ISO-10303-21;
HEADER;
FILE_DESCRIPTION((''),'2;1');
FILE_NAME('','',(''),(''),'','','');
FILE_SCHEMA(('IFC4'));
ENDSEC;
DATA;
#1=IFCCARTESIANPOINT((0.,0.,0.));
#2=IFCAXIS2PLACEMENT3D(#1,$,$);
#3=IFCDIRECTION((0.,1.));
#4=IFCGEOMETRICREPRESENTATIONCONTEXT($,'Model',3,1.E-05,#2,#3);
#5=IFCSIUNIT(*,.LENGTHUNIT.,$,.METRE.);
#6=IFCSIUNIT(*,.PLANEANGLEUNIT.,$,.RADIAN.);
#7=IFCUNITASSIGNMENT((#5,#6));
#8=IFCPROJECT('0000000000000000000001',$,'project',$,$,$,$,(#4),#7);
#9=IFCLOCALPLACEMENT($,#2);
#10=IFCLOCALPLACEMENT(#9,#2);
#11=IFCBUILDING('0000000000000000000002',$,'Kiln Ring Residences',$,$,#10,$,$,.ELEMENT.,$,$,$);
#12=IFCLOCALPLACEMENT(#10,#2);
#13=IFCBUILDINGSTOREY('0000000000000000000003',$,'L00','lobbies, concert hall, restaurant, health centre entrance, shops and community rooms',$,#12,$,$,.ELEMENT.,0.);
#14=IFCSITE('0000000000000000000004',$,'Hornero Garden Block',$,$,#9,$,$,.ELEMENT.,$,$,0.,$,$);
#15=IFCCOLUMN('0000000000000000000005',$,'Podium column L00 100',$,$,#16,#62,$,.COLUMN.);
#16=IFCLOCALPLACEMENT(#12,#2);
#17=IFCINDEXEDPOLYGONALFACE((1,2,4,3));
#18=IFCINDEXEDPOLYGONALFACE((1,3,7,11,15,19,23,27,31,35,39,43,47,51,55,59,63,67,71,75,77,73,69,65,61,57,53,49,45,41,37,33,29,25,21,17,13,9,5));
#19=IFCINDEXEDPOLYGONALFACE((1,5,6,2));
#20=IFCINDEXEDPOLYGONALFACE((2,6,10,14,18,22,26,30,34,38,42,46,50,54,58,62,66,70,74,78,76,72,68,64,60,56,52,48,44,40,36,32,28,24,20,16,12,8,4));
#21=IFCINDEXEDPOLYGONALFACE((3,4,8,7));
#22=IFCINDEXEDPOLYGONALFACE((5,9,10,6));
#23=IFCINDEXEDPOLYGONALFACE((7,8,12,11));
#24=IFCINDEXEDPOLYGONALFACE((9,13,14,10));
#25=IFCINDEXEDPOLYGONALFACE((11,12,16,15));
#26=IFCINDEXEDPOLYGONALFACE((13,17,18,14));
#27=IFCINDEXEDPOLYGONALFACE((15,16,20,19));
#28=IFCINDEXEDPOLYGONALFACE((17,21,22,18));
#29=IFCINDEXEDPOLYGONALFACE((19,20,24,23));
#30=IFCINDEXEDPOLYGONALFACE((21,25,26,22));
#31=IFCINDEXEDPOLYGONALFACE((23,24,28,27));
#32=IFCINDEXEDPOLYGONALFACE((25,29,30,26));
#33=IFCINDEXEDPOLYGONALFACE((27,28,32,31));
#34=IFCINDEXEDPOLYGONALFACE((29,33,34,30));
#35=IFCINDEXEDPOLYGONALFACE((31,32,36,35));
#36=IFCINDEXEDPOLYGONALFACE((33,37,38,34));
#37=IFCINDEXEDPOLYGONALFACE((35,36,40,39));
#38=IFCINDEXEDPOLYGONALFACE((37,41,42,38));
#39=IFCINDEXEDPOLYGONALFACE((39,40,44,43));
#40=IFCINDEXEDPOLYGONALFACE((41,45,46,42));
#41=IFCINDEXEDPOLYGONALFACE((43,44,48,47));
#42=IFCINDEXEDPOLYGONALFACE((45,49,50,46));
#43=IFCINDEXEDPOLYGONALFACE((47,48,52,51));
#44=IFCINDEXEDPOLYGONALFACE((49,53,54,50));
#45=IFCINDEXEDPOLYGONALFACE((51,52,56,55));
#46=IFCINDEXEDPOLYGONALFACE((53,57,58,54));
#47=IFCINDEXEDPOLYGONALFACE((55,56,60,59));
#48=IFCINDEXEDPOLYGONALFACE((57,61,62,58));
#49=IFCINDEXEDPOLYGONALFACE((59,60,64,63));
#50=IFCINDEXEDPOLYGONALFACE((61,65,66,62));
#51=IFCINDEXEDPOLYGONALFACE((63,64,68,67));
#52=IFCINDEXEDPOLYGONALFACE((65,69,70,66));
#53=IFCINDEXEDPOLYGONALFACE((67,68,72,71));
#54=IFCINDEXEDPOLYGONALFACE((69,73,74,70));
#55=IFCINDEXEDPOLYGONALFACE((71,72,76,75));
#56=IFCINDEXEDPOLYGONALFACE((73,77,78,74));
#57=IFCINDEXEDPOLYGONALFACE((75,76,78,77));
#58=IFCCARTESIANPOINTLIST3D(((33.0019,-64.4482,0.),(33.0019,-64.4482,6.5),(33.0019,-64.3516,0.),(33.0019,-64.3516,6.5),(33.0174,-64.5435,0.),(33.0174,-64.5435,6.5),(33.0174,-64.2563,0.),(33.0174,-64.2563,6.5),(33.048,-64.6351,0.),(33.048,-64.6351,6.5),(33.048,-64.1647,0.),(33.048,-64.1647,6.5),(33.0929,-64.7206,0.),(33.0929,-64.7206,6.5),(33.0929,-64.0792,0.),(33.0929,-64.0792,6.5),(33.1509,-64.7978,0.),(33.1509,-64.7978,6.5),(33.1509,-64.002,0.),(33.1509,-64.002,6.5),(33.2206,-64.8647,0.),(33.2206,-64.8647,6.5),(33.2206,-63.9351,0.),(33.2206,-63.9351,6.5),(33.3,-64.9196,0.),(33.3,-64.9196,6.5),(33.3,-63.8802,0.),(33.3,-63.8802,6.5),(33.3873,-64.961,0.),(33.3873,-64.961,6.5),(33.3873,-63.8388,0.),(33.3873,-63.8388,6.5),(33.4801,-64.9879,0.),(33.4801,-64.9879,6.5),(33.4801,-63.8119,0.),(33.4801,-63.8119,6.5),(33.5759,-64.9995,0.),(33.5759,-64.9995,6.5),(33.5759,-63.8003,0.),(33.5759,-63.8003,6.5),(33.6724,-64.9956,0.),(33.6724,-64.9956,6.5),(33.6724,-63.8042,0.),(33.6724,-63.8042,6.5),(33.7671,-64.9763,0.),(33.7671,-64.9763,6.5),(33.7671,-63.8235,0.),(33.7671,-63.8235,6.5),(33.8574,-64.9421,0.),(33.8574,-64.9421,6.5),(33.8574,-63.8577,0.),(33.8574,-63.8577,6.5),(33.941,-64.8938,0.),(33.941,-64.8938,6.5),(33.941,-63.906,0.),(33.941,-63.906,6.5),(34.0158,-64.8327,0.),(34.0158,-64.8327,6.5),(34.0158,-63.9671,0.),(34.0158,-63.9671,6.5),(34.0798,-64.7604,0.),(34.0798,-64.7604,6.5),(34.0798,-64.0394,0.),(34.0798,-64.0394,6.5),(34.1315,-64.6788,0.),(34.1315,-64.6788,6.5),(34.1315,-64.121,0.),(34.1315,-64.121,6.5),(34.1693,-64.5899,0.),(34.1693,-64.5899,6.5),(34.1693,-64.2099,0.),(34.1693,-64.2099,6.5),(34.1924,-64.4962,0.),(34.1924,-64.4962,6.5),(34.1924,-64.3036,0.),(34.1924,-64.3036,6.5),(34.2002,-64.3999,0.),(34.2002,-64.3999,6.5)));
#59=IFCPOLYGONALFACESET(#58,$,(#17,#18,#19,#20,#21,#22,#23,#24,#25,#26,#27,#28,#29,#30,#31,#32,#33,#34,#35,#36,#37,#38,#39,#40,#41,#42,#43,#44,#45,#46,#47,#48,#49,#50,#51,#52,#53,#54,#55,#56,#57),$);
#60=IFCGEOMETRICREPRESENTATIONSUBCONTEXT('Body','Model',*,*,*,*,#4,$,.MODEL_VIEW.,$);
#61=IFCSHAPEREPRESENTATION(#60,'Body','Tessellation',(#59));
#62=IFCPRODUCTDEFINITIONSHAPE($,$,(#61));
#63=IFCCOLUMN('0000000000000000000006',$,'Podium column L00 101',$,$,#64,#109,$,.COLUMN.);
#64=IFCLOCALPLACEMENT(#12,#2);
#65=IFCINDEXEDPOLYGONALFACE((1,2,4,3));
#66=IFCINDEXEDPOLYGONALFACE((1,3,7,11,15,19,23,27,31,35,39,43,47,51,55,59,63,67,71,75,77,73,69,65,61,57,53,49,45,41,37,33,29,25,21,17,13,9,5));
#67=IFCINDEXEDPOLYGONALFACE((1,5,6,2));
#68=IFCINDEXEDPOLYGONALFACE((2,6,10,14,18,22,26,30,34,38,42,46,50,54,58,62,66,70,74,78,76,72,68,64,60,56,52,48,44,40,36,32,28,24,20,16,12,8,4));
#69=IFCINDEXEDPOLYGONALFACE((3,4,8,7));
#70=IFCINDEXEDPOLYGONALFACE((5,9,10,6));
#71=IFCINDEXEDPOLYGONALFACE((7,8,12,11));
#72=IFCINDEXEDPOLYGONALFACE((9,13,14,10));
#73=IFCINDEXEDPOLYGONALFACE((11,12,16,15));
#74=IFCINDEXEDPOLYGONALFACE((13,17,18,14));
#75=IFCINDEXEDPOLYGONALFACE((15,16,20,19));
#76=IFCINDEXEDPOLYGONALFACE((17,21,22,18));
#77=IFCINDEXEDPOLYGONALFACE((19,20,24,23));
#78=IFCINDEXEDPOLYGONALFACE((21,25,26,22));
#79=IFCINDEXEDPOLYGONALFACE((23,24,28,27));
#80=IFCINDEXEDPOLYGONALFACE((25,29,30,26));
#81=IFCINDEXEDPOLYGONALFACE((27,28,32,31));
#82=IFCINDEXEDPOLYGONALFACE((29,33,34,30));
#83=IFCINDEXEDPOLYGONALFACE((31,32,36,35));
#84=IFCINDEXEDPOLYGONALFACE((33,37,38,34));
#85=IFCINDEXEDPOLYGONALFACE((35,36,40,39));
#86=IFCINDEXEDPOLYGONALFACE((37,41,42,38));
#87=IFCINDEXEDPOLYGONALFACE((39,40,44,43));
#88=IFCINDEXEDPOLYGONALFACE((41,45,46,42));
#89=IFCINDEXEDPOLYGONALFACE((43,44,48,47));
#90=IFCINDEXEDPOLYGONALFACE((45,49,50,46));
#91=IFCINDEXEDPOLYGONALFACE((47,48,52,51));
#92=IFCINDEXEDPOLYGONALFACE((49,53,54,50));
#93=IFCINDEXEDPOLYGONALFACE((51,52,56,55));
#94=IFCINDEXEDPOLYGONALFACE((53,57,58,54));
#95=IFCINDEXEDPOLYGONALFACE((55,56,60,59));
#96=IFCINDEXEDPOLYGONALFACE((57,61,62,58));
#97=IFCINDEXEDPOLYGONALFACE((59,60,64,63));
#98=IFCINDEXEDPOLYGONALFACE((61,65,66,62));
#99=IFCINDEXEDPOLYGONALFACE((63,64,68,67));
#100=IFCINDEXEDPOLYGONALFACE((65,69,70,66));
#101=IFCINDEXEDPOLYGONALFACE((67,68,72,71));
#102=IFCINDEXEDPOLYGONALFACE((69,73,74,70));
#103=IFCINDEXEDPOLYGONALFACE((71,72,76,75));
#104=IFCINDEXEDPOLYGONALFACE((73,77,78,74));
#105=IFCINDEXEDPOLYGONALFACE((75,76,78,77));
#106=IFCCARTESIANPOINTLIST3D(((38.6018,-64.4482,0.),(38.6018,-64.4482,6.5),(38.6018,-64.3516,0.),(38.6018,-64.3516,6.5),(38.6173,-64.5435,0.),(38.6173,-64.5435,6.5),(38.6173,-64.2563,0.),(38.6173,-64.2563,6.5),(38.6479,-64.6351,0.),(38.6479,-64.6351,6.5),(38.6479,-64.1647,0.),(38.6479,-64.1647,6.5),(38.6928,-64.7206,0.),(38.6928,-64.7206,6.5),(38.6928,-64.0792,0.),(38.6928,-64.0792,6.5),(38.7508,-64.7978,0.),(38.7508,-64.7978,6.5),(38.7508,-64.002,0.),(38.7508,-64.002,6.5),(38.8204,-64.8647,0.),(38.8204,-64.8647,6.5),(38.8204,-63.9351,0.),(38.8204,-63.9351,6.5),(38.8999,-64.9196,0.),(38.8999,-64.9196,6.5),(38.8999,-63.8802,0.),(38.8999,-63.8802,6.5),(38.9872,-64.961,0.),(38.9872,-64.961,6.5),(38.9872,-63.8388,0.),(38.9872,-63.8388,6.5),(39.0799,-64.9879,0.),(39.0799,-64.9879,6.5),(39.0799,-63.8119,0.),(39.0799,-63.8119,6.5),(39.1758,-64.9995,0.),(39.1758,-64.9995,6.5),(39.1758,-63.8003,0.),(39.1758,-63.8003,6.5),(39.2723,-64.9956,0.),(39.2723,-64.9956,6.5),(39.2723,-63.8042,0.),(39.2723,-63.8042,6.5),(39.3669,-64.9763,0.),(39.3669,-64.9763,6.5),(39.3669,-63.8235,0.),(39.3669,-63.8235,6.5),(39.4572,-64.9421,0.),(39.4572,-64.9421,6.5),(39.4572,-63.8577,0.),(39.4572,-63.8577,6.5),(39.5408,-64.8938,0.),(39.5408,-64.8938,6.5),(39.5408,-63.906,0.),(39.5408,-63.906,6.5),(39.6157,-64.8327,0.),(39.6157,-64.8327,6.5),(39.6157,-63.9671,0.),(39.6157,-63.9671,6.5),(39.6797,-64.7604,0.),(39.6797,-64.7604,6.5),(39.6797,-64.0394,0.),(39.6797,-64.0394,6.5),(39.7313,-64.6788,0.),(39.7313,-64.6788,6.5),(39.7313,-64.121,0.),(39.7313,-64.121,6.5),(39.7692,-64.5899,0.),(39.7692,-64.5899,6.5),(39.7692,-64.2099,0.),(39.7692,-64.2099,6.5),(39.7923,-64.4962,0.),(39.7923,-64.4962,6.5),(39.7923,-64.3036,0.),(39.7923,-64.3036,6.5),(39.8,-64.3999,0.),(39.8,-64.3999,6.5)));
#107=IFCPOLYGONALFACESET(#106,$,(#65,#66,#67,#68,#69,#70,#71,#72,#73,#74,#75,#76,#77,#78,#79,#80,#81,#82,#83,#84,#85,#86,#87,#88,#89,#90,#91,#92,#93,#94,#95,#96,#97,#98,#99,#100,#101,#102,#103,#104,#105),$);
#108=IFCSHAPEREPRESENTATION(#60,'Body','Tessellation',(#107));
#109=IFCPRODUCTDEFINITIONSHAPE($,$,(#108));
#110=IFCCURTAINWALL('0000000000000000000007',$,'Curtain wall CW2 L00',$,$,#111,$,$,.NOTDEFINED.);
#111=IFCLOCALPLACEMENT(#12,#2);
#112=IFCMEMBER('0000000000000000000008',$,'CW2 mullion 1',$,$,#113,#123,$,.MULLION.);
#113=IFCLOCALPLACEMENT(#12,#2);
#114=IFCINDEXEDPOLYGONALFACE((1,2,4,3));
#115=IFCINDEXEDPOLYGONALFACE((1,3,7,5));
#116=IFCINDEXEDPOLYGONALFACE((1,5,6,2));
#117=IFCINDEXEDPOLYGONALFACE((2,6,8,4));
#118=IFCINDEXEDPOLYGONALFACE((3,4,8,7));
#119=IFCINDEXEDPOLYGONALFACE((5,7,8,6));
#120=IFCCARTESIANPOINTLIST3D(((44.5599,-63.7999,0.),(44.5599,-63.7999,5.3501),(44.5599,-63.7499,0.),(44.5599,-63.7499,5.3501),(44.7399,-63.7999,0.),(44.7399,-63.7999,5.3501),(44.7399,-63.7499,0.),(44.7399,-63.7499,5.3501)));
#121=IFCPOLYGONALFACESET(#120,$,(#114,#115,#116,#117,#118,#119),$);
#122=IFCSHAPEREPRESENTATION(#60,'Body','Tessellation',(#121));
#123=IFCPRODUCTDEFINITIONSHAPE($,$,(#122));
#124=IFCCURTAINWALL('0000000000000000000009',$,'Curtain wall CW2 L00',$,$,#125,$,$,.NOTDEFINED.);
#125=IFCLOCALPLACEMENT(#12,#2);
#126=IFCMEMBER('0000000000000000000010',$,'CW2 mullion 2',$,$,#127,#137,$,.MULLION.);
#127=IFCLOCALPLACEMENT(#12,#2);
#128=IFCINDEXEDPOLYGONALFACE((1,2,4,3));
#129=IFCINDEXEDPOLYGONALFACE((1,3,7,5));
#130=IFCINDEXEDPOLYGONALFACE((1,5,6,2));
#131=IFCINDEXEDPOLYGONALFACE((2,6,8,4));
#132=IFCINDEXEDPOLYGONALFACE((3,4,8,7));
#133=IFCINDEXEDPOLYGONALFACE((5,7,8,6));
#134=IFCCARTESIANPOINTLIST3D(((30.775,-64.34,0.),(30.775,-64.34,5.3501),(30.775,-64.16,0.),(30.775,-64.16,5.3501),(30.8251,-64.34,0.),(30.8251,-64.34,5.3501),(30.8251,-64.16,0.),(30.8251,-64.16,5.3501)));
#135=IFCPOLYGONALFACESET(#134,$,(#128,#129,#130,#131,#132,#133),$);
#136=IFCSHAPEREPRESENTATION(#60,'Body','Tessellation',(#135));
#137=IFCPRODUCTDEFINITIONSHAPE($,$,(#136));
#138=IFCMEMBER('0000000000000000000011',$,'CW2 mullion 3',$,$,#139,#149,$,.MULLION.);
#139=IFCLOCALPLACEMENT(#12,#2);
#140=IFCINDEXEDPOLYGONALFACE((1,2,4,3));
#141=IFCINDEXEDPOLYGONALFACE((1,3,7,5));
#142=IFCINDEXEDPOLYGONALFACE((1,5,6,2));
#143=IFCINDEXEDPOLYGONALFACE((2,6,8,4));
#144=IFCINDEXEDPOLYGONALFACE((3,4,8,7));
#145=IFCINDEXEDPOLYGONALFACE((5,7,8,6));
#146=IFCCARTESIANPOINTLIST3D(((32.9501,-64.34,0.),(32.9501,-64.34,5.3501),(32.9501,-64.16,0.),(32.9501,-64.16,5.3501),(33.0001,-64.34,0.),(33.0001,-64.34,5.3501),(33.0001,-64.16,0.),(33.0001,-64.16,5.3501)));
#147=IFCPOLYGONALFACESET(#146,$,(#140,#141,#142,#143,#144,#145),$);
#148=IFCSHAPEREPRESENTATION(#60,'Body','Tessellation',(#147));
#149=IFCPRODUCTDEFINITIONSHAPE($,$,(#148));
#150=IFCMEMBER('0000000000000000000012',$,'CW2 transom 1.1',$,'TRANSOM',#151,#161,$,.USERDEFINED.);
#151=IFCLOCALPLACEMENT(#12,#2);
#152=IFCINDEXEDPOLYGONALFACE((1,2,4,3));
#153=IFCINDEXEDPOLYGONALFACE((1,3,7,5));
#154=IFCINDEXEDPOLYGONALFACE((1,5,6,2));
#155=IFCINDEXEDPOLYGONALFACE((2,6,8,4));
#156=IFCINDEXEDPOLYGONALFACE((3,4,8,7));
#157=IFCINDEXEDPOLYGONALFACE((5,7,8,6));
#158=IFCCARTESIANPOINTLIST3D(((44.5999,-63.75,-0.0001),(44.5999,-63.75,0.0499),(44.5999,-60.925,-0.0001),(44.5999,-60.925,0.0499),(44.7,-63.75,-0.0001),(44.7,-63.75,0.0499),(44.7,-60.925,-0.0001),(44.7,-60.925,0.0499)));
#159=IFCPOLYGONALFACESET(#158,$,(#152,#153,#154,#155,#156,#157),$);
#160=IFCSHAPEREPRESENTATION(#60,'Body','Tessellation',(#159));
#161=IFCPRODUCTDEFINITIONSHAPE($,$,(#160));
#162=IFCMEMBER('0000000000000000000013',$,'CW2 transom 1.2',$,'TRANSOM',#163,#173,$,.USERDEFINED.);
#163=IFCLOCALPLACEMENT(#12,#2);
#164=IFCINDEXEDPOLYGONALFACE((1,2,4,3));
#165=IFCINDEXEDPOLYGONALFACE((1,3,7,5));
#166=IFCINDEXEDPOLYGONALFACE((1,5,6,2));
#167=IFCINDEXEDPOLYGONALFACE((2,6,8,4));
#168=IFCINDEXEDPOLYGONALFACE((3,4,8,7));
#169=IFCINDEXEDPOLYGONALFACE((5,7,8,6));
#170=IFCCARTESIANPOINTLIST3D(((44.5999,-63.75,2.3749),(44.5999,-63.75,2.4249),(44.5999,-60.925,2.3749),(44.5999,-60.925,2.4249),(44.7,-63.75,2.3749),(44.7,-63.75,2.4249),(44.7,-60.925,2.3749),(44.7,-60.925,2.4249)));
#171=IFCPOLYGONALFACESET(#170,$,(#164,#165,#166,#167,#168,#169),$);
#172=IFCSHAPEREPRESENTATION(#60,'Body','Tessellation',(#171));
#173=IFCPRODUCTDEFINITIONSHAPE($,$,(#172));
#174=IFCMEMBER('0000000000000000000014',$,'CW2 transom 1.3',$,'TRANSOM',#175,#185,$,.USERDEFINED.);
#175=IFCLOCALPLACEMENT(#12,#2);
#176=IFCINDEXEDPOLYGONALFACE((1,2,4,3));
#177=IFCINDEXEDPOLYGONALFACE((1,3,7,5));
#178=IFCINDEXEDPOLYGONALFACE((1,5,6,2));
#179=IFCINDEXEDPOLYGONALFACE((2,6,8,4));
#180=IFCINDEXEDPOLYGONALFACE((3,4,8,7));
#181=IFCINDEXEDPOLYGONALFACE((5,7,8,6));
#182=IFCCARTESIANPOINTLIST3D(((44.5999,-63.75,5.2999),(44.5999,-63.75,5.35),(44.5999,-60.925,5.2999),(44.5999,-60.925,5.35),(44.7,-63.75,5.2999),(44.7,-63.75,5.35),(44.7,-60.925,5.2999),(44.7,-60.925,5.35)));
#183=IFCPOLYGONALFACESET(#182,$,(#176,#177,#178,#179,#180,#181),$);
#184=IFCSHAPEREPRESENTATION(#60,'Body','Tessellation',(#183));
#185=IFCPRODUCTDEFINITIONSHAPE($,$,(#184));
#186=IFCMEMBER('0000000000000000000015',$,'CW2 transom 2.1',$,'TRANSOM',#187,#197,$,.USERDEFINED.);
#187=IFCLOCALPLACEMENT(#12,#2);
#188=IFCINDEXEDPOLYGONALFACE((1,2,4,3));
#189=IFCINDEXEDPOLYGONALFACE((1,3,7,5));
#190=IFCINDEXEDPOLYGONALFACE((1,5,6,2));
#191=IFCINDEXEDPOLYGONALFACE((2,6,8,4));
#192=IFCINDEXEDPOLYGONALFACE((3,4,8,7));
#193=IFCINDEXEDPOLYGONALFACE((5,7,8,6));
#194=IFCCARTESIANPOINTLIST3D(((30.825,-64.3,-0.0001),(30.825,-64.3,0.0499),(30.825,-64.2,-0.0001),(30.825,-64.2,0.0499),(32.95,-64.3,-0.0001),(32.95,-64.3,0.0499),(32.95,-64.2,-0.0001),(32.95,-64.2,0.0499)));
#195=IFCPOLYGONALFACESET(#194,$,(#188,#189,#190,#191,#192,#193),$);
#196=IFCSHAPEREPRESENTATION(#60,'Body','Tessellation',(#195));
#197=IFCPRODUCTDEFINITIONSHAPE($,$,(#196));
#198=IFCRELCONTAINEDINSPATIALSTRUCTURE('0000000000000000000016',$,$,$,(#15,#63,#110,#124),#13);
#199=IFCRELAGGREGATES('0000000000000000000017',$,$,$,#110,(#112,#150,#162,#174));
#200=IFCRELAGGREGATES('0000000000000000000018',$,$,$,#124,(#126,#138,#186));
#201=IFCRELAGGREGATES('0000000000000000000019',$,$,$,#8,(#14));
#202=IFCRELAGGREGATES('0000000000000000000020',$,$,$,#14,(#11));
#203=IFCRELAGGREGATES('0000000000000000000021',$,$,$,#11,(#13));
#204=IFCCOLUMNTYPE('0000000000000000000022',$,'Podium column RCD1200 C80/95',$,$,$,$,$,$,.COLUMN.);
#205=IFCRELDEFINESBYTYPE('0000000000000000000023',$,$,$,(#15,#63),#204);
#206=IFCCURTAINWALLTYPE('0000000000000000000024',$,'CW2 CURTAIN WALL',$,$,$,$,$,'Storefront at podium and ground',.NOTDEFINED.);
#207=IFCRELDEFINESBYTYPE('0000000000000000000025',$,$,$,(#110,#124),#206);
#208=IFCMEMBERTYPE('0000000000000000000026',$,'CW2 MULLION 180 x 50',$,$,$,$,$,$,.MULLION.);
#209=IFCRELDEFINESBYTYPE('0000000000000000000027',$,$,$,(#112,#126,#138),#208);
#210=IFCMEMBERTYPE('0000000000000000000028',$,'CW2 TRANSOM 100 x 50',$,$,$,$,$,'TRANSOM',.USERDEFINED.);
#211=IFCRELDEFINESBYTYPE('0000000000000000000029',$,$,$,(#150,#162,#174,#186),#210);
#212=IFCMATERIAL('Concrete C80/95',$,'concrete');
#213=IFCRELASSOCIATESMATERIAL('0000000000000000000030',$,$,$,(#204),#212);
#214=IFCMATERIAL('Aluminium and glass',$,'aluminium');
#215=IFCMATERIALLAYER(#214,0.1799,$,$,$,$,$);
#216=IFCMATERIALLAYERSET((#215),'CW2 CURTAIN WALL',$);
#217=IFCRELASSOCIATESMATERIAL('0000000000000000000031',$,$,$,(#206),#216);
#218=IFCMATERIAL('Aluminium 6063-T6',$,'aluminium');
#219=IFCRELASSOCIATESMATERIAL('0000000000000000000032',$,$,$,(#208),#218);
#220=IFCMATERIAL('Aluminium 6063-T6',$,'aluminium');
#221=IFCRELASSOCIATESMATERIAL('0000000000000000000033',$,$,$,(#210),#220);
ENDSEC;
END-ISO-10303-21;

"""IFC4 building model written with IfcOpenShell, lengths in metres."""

from ifc_helpers import new_model, si_unit, direction, frame, origin, origin_2d, place, context, subcontext, project, spatial, rectangle, circle, extrude, material, layer, layer_set, material_profile, profile_set, type_object, element, aggregate, save


model = new_model("IFC4")

# Units and contexts
model_context = context("Model", 3, precision=1e-05, world=origin(), true_north=direction((0.0, 1.0)))
body_context = subcontext(model_context, "Body", "Model", "MODEL_VIEW")
ifc_project = project(units=[si_unit("LENGTHUNIT", "METRE"), si_unit("PLANEANGLEUNIT", "RADIAN")], contexts=[model_context])

# Site, building, storey
site_placement = place(None, origin())
site = spatial("IfcSite", under=ifc_project, at=site_placement, Name="Hornero Garden Block", CompositionType="ELEMENT", RefElevation=0.0)
building_placement = place(site_placement, origin())
building = spatial("IfcBuilding", under=site, at=building_placement, Name="Kiln Ring Residences", CompositionType="ELEMENT")
storey_placement = place(building_placement, origin())
storey = spatial("IfcBuildingStorey", under=building, at=storey_placement, Name="L00", Description="lobbies, concert hall, restaurant, health centre entrance, shops and community rooms", CompositionType="ELEMENT", Elevation=0.0)

# Columns
ifc_material_1 = material(Name="Concrete C80/95", Category="concrete")
ifc_material_profile_1 = material_profile(ifc_material_1, circle(Radius=0.6001, at=origin_2d()), Name="RCD1200")
ifc_profile_set_1 = profile_set([ifc_material_profile_1], Name="Concrete C80/95")
column_type = type_object("IfcColumnType", Name="Podium column RCD1200 C80/95", PredefinedType="COLUMN", material=ifc_profile_set_1)
for number, where, z_axis, x_axis, name in (
    (1, (33.6001, -64.3999, 0.0), (0.0, 0.0, 1.0), (1.0, 0.0, 0.0), "Podium column L00 100"),
    (2, (39.2, -64.3999, 0.0), (0.0, 0.0, 1.0), (1.0, 0.0, 0.0), "Podium column L00 101"),
):
    element("IfcColumn", number, at=place(storey_placement, frame(where, z_axis=z_axis, x_axis=x_axis)), inside=storey, type_object=column_type, Name=name, PredefinedType="COLUMN", context=body_context, shape_type="SweptSolid", body=[
        extrude(circle(Radius=0.6001, at=origin_2d()), origin(), (0.0, 0.0, 1.0), 6.5),
    ])

# Curtain wall, member
ifc_material_2 = material(Name="Aluminium and glass", Category="aluminium")
ifc_layer_1 = layer(ifc_material_2, 0.1799)
ifc_layer_set_1 = layer_set([ifc_layer_1], Name="CW2 CURTAIN WALL")
curtain_wall_type = type_object("IfcCurtainWallType", Name="CW2 CURTAIN WALL", ElementType="Storefront at podium and ground", PredefinedType="NOTDEFINED", material=ifc_layer_set_1)
placement = place(storey_placement, origin())
curtain_wall_1 = element("IfcCurtainWall", 3, at=placement, inside=storey, type_object=curtain_wall_type, Name="Curtain wall CW2 L00", PredefinedType="NOTDEFINED")
ifc_material_3 = material(Name="Aluminium 6063-T6", Category="aluminium")
ifc_material_profile_2 = material_profile(ifc_material_3, rectangle(XDim=0.1799, YDim=0.05, at=origin_2d()), Name="AL 180x50")
ifc_profile_set_2 = profile_set([ifc_material_profile_2], Name="Aluminium 6063-T6")
member_type_1 = type_object("IfcMemberType", Name="CW2 MULLION 180 x 50", PredefinedType="MULLION", material=ifc_profile_set_2)
member_1_placement = place(storey_placement, frame((44.6499, -63.7749, 0.0), z_axis=(0.0, 0.0, 1.0), x_axis=(-1.0, 0.0, 0.0)))
member_1 = element("IfcMember", 4, at=member_1_placement, type_object=member_type_1, Name="CW2 mullion 1", PredefinedType="MULLION", context=body_context, shape_type="SweptSolid", body=[
    extrude(rectangle(XDim=0.1799, YDim=0.05, at=origin_2d()), origin(), (0.0, 0.0, 1.0), 5.3501),
])

# Curtain wall, members
curtain_wall_2 = element("IfcCurtainWall", 5, at=placement, inside=storey, type_object=curtain_wall_type, Name="Curtain wall CW2 L00", PredefinedType="NOTDEFINED")
member_2_placement = place(storey_placement, frame((30.8, -64.25, 0.0), z_axis=(0.0, 0.0, 1.0), x_axis=(0.0, 1.0, 0.0)))
member_2 = element("IfcMember", 6, at=member_2_placement, type_object=member_type_1, Name="CW2 mullion 2", PredefinedType="MULLION", context=body_context, shape_type="SweptSolid", body=[
    extrude(rectangle(XDim=0.1799, YDim=0.05, at=origin_2d()), origin(), (0.0, 0.0, 1.0), 5.3501),
])
member_3_placement = place(storey_placement, frame((32.9751, -64.25, 0.0), z_axis=(0.0, 0.0, 1.0), x_axis=(0.0, 1.0, 0.0)))
member_3 = element("IfcMember", 7, at=member_3_placement, type_object=member_type_1, Name="CW2 mullion 3", PredefinedType="MULLION", context=body_context, shape_type="SweptSolid", body=[
    extrude(rectangle(XDim=0.1799, YDim=0.05, at=origin_2d()), origin(), (0.0, 0.0, 1.0), 5.3501),
])

# Members
ifc_material_4 = material(Name="Aluminium 6063-T6", Category="aluminium")
ifc_material_profile_3 = material_profile(ifc_material_4, rectangle(XDim=0.1001, YDim=0.05, at=origin_2d()), Name="AL 100x50")
ifc_profile_set_3 = profile_set([ifc_material_profile_3], Name="Aluminium 6063-T6")
member_type_2 = type_object("IfcMemberType", Name="CW2 TRANSOM 100 x 50", ElementType="TRANSOM", PredefinedType="USERDEFINED", material=ifc_profile_set_3)
member_4_placement = place(storey_placement, frame((44.6499, -63.75, 0.0249), z_axis=(0.0, 1.0, 0.0), x_axis=(-1.0, 0.0, 0.0)))
member_4 = element("IfcMember", 8, at=member_4_placement, type_object=member_type_2, Name="CW2 transom 1.1", ObjectType="TRANSOM", PredefinedType="USERDEFINED", context=body_context, shape_type="SweptSolid", body=[
    extrude(rectangle(XDim=0.1001, YDim=0.05, at=origin_2d()), origin(), (0.0, 0.0, 1.0), 2.825),
])
member_5_placement = place(storey_placement, frame((44.6499, -63.75, 2.3999), z_axis=(0.0, 1.0, 0.0), x_axis=(-1.0, 0.0, 0.0)))
member_5 = element("IfcMember", 9, at=member_5_placement, type_object=member_type_2, Name="CW2 transom 1.2", ObjectType="TRANSOM", PredefinedType="USERDEFINED", context=body_context, shape_type="SweptSolid", body=[
    extrude(rectangle(XDim=0.1001, YDim=0.05, at=origin_2d()), origin(), (0.0, 0.0, 1.0), 2.825),
])
member_6_placement = place(storey_placement, frame((44.6499, -63.75, 5.325), z_axis=(0.0, 1.0, 0.0), x_axis=(-1.0, 0.0, 0.0)))
member_6 = element("IfcMember", 10, at=member_6_placement, type_object=member_type_2, Name="CW2 transom 1.3", ObjectType="TRANSOM", PredefinedType="USERDEFINED", context=body_context, shape_type="SweptSolid", body=[
    extrude(rectangle(XDim=0.1001, YDim=0.05, at=origin_2d()), origin(), (0.0, 0.0, 1.0), 2.825),
])
member_7_placement = place(storey_placement, frame((30.825, -64.25, 0.0249), z_axis=(1.0, 0.0, 0.0), x_axis=(0.0, 1.0, 0.0)))
member_7 = element("IfcMember", 11, at=member_7_placement, type_object=member_type_2, Name="CW2 transom 2.1", ObjectType="TRANSOM", PredefinedType="USERDEFINED", context=body_context, shape_type="SweptSolid", body=[
    extrude(rectangle(XDim=0.1001, YDim=0.05, at=origin_2d()), origin(), (0.0, 0.0, 1.0), 2.125),
])

aggregate(curtain_wall_1, [member_1, member_4, member_5, member_6])
aggregate(curtain_wall_2, [member_2, member_3, member_7])

save(model, "model.ifc")
